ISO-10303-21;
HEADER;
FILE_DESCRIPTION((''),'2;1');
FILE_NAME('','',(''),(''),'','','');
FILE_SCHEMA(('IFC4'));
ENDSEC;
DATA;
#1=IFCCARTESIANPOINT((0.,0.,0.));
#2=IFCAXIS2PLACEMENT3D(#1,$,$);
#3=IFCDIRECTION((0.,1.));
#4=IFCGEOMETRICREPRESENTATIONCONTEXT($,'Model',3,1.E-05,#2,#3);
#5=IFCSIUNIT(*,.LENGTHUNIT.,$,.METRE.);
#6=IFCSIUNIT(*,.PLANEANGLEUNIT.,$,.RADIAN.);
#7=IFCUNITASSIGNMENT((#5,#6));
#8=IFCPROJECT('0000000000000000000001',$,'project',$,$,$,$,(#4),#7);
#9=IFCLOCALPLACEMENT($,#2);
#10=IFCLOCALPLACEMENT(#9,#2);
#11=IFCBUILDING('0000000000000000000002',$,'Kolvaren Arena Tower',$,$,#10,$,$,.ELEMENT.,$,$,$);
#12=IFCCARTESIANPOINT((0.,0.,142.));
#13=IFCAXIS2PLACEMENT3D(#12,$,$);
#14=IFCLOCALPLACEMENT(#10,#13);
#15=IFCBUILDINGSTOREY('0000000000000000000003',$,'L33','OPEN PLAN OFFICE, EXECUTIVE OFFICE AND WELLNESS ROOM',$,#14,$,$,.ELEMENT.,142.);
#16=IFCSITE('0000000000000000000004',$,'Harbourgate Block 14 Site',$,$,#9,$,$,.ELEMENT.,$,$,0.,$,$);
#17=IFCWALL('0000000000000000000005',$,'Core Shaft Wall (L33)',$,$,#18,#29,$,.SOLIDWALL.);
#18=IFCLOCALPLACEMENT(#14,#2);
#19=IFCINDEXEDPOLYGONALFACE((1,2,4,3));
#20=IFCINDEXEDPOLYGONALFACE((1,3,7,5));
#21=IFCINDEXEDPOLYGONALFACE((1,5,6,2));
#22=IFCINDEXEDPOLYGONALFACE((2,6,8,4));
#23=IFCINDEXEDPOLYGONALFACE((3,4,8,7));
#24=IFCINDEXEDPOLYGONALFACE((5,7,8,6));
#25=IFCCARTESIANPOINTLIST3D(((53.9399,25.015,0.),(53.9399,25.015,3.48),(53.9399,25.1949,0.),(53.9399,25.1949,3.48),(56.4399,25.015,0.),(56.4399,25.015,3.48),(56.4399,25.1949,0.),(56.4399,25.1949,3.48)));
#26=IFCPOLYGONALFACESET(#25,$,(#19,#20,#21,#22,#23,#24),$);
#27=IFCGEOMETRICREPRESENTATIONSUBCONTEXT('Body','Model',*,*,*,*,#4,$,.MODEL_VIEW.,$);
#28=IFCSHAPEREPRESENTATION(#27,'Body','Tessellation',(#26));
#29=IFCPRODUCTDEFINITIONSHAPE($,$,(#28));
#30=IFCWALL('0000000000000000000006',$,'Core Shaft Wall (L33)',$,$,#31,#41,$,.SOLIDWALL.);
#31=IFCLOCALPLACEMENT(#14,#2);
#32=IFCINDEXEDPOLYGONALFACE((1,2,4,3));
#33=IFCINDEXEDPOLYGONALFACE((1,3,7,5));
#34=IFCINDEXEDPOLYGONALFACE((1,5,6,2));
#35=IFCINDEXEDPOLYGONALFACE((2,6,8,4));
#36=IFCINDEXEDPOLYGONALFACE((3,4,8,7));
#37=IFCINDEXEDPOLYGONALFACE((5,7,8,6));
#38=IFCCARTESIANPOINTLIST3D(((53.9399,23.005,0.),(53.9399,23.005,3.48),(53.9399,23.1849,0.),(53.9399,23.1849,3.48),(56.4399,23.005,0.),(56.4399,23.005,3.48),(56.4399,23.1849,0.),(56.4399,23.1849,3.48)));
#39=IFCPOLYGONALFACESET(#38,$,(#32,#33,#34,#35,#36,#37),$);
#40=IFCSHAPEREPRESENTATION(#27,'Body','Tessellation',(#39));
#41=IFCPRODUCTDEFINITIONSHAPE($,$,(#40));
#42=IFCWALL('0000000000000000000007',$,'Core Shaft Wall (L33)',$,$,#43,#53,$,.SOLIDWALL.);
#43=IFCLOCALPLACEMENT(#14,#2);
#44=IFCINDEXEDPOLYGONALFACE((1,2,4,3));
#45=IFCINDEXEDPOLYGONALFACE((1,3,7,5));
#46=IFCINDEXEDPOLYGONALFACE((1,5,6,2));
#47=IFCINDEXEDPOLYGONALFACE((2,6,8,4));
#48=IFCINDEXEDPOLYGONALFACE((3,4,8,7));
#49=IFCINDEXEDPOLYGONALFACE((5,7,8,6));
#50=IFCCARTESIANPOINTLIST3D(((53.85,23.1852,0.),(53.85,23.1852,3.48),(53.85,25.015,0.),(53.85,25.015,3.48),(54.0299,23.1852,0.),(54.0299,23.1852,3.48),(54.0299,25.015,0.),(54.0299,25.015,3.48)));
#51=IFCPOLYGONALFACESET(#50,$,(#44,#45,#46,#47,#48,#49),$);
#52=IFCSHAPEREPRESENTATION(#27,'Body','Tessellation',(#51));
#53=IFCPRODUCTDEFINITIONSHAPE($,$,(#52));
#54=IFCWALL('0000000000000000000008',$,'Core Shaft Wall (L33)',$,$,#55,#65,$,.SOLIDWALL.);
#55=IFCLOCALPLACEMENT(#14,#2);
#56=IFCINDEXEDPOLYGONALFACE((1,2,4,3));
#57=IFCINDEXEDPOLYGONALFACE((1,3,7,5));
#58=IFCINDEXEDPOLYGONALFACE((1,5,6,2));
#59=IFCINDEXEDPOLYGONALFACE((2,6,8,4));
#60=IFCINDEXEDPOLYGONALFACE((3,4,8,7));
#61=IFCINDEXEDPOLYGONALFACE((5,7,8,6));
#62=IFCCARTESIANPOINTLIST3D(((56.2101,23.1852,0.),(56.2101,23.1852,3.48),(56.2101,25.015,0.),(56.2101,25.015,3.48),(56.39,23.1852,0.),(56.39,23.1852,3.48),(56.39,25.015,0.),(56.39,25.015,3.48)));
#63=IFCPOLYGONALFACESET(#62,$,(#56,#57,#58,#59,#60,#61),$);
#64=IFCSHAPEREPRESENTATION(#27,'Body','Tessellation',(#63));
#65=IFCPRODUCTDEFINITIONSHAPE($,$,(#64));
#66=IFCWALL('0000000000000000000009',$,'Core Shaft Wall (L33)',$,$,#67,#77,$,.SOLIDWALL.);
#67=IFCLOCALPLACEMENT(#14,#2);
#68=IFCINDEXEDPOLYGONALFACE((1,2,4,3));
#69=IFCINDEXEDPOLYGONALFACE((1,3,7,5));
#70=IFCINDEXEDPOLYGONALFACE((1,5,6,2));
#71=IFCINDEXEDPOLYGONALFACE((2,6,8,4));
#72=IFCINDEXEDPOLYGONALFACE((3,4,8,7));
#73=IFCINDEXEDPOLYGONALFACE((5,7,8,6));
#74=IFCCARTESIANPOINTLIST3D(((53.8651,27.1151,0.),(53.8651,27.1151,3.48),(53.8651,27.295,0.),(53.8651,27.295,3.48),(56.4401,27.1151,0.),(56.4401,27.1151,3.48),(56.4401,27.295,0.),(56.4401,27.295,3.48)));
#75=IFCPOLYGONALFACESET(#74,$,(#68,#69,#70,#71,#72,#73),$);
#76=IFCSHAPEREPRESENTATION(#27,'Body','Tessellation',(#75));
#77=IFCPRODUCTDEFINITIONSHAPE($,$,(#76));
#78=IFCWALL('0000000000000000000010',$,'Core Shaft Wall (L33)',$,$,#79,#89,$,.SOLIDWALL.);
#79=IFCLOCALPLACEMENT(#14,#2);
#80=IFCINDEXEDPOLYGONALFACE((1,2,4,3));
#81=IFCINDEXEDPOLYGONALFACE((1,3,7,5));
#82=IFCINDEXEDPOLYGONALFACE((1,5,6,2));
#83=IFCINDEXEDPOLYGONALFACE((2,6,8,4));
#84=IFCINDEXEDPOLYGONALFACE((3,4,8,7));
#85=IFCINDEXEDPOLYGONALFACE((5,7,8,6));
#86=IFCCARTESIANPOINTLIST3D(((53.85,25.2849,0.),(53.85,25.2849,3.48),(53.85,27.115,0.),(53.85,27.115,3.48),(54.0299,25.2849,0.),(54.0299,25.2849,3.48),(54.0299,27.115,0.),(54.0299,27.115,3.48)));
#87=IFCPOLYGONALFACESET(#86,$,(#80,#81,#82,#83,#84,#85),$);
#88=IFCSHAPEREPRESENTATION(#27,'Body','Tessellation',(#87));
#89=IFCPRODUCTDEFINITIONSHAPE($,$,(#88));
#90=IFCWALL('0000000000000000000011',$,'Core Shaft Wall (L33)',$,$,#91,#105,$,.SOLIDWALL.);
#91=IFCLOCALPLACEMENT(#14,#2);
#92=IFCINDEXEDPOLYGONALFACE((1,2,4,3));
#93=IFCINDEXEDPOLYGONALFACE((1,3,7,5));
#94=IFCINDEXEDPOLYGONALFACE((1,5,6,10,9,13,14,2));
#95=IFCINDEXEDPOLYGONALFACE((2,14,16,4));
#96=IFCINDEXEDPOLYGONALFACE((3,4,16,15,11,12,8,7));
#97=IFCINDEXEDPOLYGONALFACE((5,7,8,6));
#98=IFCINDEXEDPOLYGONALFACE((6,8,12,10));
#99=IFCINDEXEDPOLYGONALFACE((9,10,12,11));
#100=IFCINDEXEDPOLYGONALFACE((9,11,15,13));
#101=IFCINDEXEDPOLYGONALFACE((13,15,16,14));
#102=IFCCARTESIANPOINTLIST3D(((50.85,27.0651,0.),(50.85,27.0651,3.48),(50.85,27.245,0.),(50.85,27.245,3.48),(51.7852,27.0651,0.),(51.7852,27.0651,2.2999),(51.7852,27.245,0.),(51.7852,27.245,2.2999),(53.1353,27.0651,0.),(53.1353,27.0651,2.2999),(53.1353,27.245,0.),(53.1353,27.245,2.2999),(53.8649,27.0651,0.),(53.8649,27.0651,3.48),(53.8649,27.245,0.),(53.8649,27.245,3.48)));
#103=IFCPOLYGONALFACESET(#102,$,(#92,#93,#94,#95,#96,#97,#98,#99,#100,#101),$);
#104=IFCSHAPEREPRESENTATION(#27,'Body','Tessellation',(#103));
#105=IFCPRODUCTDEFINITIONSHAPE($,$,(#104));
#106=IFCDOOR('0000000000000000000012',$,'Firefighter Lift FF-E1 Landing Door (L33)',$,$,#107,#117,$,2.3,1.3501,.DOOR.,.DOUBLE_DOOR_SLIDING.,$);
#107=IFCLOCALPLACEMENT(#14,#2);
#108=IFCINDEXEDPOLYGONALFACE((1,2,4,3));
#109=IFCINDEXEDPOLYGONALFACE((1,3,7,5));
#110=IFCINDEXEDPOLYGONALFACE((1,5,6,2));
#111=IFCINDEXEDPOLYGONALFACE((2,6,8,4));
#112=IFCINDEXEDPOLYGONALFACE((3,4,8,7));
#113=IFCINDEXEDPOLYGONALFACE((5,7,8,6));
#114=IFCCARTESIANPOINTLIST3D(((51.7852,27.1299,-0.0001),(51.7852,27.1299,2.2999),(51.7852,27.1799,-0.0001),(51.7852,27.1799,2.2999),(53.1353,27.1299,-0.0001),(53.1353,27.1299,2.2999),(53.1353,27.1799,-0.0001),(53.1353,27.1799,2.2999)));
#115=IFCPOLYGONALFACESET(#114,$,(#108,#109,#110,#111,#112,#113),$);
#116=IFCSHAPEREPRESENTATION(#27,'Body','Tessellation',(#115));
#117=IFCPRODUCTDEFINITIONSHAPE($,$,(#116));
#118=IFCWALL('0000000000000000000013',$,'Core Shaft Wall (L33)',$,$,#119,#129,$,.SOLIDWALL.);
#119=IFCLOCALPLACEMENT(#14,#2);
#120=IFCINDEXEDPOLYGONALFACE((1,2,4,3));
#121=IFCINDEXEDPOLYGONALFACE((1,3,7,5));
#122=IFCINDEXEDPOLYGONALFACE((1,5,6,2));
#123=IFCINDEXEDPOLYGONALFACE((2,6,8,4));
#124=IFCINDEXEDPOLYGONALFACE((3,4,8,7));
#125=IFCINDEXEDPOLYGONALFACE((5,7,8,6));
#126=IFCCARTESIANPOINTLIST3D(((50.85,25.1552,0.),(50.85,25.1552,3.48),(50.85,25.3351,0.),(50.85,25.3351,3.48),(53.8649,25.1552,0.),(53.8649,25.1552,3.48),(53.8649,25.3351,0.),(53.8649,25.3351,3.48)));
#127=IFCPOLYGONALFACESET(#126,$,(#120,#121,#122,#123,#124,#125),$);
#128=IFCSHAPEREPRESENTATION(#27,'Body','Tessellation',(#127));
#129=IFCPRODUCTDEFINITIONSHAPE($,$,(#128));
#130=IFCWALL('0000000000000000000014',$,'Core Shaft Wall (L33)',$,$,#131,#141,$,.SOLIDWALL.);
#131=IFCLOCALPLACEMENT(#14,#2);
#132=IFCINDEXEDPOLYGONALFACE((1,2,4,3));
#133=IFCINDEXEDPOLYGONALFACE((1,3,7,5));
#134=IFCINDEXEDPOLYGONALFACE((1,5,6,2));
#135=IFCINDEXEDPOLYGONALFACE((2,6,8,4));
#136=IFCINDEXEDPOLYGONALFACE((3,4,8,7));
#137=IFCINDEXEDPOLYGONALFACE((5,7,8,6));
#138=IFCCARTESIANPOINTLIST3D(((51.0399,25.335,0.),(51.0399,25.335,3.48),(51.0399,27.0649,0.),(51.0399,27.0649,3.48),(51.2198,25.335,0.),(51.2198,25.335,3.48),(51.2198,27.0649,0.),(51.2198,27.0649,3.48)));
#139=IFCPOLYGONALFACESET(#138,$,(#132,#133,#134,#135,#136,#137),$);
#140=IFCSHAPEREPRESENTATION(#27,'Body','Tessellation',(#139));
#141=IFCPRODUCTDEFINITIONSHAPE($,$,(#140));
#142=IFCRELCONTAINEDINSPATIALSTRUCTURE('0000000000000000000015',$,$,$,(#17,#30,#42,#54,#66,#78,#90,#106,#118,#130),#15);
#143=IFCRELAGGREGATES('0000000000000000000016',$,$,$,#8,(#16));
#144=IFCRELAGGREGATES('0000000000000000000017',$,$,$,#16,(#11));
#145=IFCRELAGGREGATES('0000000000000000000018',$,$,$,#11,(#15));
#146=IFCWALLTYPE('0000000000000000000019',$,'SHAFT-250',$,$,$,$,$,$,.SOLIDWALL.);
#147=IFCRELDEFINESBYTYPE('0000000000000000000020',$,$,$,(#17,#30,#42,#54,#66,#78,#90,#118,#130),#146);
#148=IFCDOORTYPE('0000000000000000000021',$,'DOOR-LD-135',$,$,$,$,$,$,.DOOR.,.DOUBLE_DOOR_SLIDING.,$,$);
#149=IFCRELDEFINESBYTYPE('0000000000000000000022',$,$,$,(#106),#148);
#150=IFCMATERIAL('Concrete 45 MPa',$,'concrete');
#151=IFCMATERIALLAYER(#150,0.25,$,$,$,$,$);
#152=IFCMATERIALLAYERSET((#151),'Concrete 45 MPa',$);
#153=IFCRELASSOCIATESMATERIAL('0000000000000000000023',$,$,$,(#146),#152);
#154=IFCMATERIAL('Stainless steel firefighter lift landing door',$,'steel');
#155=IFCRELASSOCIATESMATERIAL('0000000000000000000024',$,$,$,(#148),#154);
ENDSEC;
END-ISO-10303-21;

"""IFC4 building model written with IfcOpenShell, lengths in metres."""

from ifc_helpers import new_model, si_unit, direction, frame, frame_2d, origin, place, context, subcontext, project, spatial, rectangle, extrude, material, layer, layer_set, type_object, element, fill, save


model = new_model("IFC4")

# Units and contexts
model_context = context("Model", 3, precision=1e-05, world=origin(), true_north=direction((0.0, 1.0)))
body_context = subcontext(model_context, "Body", "Model", "MODEL_VIEW")
ifc_project = project(units=[si_unit("LENGTHUNIT", "METRE"), si_unit("PLANEANGLEUNIT", "RADIAN")], contexts=[model_context])

# Site, building, storey
site_placement = place(None, origin())
site = spatial("IfcSite", under=ifc_project, at=site_placement, Name="Harbourgate Block 14 Site", CompositionType="ELEMENT", RefElevation=0.0)
building_placement = place(site_placement, origin())
building = spatial("IfcBuilding", under=site, at=building_placement, Name="Kolvaren Arena Tower", CompositionType="ELEMENT")
storey_placement = place(building_placement, frame((0.0, 0.0, 142.0)))
storey = spatial("IfcBuildingStorey", under=building, at=storey_placement, Name="L33", Description="OPEN PLAN OFFICE, EXECUTIVE OFFICE AND WELLNESS ROOM", CompositionType="ELEMENT", Elevation=142.0)

# Walls
ifc_material_1 = material(Name="Concrete 45 MPa", Category="concrete")
ifc_layer_1 = layer(ifc_material_1, 0.25)
ifc_layer_set_1 = layer_set([ifc_layer_1], Name="Concrete 45 MPa")
wall_type_1 = type_object("IfcWallType", Name="SHAFT-250", PredefinedType="SOLIDWALL", material=ifc_layer_set_1)
for number, where, z_axis, x_axis, name in (
    (1, (53.9399, 25.105, 0.0), (0.0, 0.0, 1.0), (1.0, 0.0, 0.0), "Core Shaft Wall (L33)"),
    (2, (53.9399, 23.095, 0.0), (0.0, 0.0, 1.0), (1.0, 0.0, 0.0), "Core Shaft Wall (L33)"),
):
    element("IfcWall", number, at=place(storey_placement, frame(where, z_axis=z_axis, x_axis=x_axis)), inside=storey, type_object=wall_type_1, Name=name, PredefinedType="SOLIDWALL", context=body_context, shape_type="SweptSolid", body=[
        extrude(rectangle(XDim=2.5, YDim=0.1799, at=frame_2d((1.25, 0.0))), origin(), (0.0, 0.0, 1.0), 3.48),
    ])
for number, where, z_axis, x_axis, name in (
    (3, (53.9399, 23.1851, 0.0), (0.0, 0.0, 1.0), (0.0, 1.0, 0.0), "Core Shaft Wall (L33)"),
    (4, (56.3, 23.1851, 0.0), (0.0, 0.0, 1.0), (0.0, 1.0, 0.0), "Core Shaft Wall (L33)"),
):
    element("IfcWall", number, at=place(storey_placement, frame(where, z_axis=z_axis, x_axis=x_axis)), inside=storey, type_object=wall_type_1, Name=name, PredefinedType="SOLIDWALL", context=body_context, shape_type="SweptSolid", body=[
        extrude(rectangle(XDim=1.8298, YDim=0.1799, at=frame_2d((0.915, 0.0))), origin(), (0.0, 0.0, 1.0), 3.48),
    ])
wall_1_placement = place(storey_placement, frame((53.865, 27.2051, 0.0), z_axis=(0.0, 0.0, 1.0), x_axis=(1.0, 0.0, 0.0)))
element("IfcWall", 5, at=wall_1_placement, inside=storey, type_object=wall_type_1, Name="Core Shaft Wall (L33)", PredefinedType="SOLIDWALL", context=body_context, shape_type="SweptSolid", body=[
    extrude(rectangle(XDim=2.575, YDim=0.1799, at=frame_2d((1.2876, 0.0))), origin(), (0.0, 0.0, 1.0), 3.48),
])
wall_2_placement = place(storey_placement, frame((53.9399, 25.2849, 0.0), z_axis=(0.0, 0.0, 1.0), x_axis=(0.0, 1.0, 0.0)))
element("IfcWall", 6, at=wall_2_placement, inside=storey, type_object=wall_type_1, Name="Core Shaft Wall (L33)", PredefinedType="SOLIDWALL", context=body_context, shape_type="SweptSolid", body=[
    extrude(rectangle(XDim=1.8301, YDim=0.1799, at=frame_2d((0.915, 0.0))), origin(), (0.0, 0.0, 1.0), 3.48),
])

# Wall, opening, door
wall_3_placement = place(storey_placement, frame((50.8501, 27.155, 0.0), z_axis=(0.0, 0.0, 1.0), x_axis=(1.0, 0.0, 0.0)))
wall_3 = element("IfcWall", 7, at=wall_3_placement, inside=storey, type_object=wall_type_1, Name="Core Shaft Wall (L33)", PredefinedType="SOLIDWALL", context=body_context, shape_type="SweptSolid", body=[
    extrude(rectangle(XDim=3.0149, YDim=0.1799, at=frame_2d((1.5073, 0.0))), origin(), (0.0, 0.0, 1.0), 3.48),
])
opening_1_placement = place(wall_3_placement, frame((0.9351, 0.0, 0.0)))
opening_1 = element("IfcOpeningElement", 8, at=opening_1_placement, cuts=wall_3, PredefinedType="OPENING", context=body_context, shape_type="SweptSolid", body=[
    extrude(rectangle(XDim=1.3501, YDim=2.3, at=frame_2d((0.675, 1.1499))), frame((0.0, 0.0999, 0.0), z_axis=(0.0, -1.0, 0.0), x_axis=(1.0, 0.0, 0.0)), (0.0, 0.0, 1.0), 0.2),
])
ifc_material_2 = material(Name="Stainless steel firefighter lift landing door", Category="steel")
door_type_1 = type_object("IfcDoorType", Name="DOOR-LD-135", OperationType="DOUBLE_DOOR_SLIDING", PredefinedType="DOOR", material=ifc_material_2)
door_1_placement = place(opening_1_placement, origin())
door_1 = element("IfcDoor", 9, at=door_1_placement, inside=storey, type_object=door_type_1, Name="Firefighter Lift FF-E1 Landing Door (L33)", OperationType="DOUBLE_DOOR_SLIDING", OverallHeight=2.3, OverallWidth=1.3501, PredefinedType="DOOR", context=body_context, shape_type="SweptSolid", body=[
    extrude(rectangle(XDim=1.3501, YDim=2.3, at=frame_2d((0.675, 1.1499))), frame((0.0, 0.0249, 0.0), z_axis=(0.0, -1.0, 0.0), x_axis=(1.0, 0.0, 0.0)), (0.0, 0.0, 1.0), 0.05),
])
fill(opening_1, door_1)

# Walls
wall_4_placement = place(storey_placement, frame((50.8501, 25.2451, 0.0), z_axis=(0.0, 0.0, 1.0), x_axis=(1.0, 0.0, 0.0)))
element("IfcWall", 10, at=wall_4_placement, inside=storey, type_object=wall_type_1, Name="Core Shaft Wall (L33)", PredefinedType="SOLIDWALL", context=body_context, shape_type="SweptSolid", body=[
    extrude(rectangle(XDim=3.0149, YDim=0.1799, at=frame_2d((1.5073, 0.0))), origin(), (0.0, 0.0, 1.0), 3.48),
])
wall_5_placement = place(storey_placement, frame((51.1299, 25.335, 0.0), z_axis=(0.0, 0.0, 1.0), x_axis=(0.0, 1.0, 0.0)))
element("IfcWall", 11, at=wall_5_placement, inside=storey, type_object=wall_type_1, Name="Core Shaft Wall (L33)", PredefinedType="SOLIDWALL", context=body_context, shape_type="SweptSolid", body=[
    extrude(rectangle(XDim=1.73, YDim=0.1799, at=frame_2d((0.865, 0.0))), origin(), (0.0, 0.0, 1.0), 3.48),
])

save(model, "model.ifc")
